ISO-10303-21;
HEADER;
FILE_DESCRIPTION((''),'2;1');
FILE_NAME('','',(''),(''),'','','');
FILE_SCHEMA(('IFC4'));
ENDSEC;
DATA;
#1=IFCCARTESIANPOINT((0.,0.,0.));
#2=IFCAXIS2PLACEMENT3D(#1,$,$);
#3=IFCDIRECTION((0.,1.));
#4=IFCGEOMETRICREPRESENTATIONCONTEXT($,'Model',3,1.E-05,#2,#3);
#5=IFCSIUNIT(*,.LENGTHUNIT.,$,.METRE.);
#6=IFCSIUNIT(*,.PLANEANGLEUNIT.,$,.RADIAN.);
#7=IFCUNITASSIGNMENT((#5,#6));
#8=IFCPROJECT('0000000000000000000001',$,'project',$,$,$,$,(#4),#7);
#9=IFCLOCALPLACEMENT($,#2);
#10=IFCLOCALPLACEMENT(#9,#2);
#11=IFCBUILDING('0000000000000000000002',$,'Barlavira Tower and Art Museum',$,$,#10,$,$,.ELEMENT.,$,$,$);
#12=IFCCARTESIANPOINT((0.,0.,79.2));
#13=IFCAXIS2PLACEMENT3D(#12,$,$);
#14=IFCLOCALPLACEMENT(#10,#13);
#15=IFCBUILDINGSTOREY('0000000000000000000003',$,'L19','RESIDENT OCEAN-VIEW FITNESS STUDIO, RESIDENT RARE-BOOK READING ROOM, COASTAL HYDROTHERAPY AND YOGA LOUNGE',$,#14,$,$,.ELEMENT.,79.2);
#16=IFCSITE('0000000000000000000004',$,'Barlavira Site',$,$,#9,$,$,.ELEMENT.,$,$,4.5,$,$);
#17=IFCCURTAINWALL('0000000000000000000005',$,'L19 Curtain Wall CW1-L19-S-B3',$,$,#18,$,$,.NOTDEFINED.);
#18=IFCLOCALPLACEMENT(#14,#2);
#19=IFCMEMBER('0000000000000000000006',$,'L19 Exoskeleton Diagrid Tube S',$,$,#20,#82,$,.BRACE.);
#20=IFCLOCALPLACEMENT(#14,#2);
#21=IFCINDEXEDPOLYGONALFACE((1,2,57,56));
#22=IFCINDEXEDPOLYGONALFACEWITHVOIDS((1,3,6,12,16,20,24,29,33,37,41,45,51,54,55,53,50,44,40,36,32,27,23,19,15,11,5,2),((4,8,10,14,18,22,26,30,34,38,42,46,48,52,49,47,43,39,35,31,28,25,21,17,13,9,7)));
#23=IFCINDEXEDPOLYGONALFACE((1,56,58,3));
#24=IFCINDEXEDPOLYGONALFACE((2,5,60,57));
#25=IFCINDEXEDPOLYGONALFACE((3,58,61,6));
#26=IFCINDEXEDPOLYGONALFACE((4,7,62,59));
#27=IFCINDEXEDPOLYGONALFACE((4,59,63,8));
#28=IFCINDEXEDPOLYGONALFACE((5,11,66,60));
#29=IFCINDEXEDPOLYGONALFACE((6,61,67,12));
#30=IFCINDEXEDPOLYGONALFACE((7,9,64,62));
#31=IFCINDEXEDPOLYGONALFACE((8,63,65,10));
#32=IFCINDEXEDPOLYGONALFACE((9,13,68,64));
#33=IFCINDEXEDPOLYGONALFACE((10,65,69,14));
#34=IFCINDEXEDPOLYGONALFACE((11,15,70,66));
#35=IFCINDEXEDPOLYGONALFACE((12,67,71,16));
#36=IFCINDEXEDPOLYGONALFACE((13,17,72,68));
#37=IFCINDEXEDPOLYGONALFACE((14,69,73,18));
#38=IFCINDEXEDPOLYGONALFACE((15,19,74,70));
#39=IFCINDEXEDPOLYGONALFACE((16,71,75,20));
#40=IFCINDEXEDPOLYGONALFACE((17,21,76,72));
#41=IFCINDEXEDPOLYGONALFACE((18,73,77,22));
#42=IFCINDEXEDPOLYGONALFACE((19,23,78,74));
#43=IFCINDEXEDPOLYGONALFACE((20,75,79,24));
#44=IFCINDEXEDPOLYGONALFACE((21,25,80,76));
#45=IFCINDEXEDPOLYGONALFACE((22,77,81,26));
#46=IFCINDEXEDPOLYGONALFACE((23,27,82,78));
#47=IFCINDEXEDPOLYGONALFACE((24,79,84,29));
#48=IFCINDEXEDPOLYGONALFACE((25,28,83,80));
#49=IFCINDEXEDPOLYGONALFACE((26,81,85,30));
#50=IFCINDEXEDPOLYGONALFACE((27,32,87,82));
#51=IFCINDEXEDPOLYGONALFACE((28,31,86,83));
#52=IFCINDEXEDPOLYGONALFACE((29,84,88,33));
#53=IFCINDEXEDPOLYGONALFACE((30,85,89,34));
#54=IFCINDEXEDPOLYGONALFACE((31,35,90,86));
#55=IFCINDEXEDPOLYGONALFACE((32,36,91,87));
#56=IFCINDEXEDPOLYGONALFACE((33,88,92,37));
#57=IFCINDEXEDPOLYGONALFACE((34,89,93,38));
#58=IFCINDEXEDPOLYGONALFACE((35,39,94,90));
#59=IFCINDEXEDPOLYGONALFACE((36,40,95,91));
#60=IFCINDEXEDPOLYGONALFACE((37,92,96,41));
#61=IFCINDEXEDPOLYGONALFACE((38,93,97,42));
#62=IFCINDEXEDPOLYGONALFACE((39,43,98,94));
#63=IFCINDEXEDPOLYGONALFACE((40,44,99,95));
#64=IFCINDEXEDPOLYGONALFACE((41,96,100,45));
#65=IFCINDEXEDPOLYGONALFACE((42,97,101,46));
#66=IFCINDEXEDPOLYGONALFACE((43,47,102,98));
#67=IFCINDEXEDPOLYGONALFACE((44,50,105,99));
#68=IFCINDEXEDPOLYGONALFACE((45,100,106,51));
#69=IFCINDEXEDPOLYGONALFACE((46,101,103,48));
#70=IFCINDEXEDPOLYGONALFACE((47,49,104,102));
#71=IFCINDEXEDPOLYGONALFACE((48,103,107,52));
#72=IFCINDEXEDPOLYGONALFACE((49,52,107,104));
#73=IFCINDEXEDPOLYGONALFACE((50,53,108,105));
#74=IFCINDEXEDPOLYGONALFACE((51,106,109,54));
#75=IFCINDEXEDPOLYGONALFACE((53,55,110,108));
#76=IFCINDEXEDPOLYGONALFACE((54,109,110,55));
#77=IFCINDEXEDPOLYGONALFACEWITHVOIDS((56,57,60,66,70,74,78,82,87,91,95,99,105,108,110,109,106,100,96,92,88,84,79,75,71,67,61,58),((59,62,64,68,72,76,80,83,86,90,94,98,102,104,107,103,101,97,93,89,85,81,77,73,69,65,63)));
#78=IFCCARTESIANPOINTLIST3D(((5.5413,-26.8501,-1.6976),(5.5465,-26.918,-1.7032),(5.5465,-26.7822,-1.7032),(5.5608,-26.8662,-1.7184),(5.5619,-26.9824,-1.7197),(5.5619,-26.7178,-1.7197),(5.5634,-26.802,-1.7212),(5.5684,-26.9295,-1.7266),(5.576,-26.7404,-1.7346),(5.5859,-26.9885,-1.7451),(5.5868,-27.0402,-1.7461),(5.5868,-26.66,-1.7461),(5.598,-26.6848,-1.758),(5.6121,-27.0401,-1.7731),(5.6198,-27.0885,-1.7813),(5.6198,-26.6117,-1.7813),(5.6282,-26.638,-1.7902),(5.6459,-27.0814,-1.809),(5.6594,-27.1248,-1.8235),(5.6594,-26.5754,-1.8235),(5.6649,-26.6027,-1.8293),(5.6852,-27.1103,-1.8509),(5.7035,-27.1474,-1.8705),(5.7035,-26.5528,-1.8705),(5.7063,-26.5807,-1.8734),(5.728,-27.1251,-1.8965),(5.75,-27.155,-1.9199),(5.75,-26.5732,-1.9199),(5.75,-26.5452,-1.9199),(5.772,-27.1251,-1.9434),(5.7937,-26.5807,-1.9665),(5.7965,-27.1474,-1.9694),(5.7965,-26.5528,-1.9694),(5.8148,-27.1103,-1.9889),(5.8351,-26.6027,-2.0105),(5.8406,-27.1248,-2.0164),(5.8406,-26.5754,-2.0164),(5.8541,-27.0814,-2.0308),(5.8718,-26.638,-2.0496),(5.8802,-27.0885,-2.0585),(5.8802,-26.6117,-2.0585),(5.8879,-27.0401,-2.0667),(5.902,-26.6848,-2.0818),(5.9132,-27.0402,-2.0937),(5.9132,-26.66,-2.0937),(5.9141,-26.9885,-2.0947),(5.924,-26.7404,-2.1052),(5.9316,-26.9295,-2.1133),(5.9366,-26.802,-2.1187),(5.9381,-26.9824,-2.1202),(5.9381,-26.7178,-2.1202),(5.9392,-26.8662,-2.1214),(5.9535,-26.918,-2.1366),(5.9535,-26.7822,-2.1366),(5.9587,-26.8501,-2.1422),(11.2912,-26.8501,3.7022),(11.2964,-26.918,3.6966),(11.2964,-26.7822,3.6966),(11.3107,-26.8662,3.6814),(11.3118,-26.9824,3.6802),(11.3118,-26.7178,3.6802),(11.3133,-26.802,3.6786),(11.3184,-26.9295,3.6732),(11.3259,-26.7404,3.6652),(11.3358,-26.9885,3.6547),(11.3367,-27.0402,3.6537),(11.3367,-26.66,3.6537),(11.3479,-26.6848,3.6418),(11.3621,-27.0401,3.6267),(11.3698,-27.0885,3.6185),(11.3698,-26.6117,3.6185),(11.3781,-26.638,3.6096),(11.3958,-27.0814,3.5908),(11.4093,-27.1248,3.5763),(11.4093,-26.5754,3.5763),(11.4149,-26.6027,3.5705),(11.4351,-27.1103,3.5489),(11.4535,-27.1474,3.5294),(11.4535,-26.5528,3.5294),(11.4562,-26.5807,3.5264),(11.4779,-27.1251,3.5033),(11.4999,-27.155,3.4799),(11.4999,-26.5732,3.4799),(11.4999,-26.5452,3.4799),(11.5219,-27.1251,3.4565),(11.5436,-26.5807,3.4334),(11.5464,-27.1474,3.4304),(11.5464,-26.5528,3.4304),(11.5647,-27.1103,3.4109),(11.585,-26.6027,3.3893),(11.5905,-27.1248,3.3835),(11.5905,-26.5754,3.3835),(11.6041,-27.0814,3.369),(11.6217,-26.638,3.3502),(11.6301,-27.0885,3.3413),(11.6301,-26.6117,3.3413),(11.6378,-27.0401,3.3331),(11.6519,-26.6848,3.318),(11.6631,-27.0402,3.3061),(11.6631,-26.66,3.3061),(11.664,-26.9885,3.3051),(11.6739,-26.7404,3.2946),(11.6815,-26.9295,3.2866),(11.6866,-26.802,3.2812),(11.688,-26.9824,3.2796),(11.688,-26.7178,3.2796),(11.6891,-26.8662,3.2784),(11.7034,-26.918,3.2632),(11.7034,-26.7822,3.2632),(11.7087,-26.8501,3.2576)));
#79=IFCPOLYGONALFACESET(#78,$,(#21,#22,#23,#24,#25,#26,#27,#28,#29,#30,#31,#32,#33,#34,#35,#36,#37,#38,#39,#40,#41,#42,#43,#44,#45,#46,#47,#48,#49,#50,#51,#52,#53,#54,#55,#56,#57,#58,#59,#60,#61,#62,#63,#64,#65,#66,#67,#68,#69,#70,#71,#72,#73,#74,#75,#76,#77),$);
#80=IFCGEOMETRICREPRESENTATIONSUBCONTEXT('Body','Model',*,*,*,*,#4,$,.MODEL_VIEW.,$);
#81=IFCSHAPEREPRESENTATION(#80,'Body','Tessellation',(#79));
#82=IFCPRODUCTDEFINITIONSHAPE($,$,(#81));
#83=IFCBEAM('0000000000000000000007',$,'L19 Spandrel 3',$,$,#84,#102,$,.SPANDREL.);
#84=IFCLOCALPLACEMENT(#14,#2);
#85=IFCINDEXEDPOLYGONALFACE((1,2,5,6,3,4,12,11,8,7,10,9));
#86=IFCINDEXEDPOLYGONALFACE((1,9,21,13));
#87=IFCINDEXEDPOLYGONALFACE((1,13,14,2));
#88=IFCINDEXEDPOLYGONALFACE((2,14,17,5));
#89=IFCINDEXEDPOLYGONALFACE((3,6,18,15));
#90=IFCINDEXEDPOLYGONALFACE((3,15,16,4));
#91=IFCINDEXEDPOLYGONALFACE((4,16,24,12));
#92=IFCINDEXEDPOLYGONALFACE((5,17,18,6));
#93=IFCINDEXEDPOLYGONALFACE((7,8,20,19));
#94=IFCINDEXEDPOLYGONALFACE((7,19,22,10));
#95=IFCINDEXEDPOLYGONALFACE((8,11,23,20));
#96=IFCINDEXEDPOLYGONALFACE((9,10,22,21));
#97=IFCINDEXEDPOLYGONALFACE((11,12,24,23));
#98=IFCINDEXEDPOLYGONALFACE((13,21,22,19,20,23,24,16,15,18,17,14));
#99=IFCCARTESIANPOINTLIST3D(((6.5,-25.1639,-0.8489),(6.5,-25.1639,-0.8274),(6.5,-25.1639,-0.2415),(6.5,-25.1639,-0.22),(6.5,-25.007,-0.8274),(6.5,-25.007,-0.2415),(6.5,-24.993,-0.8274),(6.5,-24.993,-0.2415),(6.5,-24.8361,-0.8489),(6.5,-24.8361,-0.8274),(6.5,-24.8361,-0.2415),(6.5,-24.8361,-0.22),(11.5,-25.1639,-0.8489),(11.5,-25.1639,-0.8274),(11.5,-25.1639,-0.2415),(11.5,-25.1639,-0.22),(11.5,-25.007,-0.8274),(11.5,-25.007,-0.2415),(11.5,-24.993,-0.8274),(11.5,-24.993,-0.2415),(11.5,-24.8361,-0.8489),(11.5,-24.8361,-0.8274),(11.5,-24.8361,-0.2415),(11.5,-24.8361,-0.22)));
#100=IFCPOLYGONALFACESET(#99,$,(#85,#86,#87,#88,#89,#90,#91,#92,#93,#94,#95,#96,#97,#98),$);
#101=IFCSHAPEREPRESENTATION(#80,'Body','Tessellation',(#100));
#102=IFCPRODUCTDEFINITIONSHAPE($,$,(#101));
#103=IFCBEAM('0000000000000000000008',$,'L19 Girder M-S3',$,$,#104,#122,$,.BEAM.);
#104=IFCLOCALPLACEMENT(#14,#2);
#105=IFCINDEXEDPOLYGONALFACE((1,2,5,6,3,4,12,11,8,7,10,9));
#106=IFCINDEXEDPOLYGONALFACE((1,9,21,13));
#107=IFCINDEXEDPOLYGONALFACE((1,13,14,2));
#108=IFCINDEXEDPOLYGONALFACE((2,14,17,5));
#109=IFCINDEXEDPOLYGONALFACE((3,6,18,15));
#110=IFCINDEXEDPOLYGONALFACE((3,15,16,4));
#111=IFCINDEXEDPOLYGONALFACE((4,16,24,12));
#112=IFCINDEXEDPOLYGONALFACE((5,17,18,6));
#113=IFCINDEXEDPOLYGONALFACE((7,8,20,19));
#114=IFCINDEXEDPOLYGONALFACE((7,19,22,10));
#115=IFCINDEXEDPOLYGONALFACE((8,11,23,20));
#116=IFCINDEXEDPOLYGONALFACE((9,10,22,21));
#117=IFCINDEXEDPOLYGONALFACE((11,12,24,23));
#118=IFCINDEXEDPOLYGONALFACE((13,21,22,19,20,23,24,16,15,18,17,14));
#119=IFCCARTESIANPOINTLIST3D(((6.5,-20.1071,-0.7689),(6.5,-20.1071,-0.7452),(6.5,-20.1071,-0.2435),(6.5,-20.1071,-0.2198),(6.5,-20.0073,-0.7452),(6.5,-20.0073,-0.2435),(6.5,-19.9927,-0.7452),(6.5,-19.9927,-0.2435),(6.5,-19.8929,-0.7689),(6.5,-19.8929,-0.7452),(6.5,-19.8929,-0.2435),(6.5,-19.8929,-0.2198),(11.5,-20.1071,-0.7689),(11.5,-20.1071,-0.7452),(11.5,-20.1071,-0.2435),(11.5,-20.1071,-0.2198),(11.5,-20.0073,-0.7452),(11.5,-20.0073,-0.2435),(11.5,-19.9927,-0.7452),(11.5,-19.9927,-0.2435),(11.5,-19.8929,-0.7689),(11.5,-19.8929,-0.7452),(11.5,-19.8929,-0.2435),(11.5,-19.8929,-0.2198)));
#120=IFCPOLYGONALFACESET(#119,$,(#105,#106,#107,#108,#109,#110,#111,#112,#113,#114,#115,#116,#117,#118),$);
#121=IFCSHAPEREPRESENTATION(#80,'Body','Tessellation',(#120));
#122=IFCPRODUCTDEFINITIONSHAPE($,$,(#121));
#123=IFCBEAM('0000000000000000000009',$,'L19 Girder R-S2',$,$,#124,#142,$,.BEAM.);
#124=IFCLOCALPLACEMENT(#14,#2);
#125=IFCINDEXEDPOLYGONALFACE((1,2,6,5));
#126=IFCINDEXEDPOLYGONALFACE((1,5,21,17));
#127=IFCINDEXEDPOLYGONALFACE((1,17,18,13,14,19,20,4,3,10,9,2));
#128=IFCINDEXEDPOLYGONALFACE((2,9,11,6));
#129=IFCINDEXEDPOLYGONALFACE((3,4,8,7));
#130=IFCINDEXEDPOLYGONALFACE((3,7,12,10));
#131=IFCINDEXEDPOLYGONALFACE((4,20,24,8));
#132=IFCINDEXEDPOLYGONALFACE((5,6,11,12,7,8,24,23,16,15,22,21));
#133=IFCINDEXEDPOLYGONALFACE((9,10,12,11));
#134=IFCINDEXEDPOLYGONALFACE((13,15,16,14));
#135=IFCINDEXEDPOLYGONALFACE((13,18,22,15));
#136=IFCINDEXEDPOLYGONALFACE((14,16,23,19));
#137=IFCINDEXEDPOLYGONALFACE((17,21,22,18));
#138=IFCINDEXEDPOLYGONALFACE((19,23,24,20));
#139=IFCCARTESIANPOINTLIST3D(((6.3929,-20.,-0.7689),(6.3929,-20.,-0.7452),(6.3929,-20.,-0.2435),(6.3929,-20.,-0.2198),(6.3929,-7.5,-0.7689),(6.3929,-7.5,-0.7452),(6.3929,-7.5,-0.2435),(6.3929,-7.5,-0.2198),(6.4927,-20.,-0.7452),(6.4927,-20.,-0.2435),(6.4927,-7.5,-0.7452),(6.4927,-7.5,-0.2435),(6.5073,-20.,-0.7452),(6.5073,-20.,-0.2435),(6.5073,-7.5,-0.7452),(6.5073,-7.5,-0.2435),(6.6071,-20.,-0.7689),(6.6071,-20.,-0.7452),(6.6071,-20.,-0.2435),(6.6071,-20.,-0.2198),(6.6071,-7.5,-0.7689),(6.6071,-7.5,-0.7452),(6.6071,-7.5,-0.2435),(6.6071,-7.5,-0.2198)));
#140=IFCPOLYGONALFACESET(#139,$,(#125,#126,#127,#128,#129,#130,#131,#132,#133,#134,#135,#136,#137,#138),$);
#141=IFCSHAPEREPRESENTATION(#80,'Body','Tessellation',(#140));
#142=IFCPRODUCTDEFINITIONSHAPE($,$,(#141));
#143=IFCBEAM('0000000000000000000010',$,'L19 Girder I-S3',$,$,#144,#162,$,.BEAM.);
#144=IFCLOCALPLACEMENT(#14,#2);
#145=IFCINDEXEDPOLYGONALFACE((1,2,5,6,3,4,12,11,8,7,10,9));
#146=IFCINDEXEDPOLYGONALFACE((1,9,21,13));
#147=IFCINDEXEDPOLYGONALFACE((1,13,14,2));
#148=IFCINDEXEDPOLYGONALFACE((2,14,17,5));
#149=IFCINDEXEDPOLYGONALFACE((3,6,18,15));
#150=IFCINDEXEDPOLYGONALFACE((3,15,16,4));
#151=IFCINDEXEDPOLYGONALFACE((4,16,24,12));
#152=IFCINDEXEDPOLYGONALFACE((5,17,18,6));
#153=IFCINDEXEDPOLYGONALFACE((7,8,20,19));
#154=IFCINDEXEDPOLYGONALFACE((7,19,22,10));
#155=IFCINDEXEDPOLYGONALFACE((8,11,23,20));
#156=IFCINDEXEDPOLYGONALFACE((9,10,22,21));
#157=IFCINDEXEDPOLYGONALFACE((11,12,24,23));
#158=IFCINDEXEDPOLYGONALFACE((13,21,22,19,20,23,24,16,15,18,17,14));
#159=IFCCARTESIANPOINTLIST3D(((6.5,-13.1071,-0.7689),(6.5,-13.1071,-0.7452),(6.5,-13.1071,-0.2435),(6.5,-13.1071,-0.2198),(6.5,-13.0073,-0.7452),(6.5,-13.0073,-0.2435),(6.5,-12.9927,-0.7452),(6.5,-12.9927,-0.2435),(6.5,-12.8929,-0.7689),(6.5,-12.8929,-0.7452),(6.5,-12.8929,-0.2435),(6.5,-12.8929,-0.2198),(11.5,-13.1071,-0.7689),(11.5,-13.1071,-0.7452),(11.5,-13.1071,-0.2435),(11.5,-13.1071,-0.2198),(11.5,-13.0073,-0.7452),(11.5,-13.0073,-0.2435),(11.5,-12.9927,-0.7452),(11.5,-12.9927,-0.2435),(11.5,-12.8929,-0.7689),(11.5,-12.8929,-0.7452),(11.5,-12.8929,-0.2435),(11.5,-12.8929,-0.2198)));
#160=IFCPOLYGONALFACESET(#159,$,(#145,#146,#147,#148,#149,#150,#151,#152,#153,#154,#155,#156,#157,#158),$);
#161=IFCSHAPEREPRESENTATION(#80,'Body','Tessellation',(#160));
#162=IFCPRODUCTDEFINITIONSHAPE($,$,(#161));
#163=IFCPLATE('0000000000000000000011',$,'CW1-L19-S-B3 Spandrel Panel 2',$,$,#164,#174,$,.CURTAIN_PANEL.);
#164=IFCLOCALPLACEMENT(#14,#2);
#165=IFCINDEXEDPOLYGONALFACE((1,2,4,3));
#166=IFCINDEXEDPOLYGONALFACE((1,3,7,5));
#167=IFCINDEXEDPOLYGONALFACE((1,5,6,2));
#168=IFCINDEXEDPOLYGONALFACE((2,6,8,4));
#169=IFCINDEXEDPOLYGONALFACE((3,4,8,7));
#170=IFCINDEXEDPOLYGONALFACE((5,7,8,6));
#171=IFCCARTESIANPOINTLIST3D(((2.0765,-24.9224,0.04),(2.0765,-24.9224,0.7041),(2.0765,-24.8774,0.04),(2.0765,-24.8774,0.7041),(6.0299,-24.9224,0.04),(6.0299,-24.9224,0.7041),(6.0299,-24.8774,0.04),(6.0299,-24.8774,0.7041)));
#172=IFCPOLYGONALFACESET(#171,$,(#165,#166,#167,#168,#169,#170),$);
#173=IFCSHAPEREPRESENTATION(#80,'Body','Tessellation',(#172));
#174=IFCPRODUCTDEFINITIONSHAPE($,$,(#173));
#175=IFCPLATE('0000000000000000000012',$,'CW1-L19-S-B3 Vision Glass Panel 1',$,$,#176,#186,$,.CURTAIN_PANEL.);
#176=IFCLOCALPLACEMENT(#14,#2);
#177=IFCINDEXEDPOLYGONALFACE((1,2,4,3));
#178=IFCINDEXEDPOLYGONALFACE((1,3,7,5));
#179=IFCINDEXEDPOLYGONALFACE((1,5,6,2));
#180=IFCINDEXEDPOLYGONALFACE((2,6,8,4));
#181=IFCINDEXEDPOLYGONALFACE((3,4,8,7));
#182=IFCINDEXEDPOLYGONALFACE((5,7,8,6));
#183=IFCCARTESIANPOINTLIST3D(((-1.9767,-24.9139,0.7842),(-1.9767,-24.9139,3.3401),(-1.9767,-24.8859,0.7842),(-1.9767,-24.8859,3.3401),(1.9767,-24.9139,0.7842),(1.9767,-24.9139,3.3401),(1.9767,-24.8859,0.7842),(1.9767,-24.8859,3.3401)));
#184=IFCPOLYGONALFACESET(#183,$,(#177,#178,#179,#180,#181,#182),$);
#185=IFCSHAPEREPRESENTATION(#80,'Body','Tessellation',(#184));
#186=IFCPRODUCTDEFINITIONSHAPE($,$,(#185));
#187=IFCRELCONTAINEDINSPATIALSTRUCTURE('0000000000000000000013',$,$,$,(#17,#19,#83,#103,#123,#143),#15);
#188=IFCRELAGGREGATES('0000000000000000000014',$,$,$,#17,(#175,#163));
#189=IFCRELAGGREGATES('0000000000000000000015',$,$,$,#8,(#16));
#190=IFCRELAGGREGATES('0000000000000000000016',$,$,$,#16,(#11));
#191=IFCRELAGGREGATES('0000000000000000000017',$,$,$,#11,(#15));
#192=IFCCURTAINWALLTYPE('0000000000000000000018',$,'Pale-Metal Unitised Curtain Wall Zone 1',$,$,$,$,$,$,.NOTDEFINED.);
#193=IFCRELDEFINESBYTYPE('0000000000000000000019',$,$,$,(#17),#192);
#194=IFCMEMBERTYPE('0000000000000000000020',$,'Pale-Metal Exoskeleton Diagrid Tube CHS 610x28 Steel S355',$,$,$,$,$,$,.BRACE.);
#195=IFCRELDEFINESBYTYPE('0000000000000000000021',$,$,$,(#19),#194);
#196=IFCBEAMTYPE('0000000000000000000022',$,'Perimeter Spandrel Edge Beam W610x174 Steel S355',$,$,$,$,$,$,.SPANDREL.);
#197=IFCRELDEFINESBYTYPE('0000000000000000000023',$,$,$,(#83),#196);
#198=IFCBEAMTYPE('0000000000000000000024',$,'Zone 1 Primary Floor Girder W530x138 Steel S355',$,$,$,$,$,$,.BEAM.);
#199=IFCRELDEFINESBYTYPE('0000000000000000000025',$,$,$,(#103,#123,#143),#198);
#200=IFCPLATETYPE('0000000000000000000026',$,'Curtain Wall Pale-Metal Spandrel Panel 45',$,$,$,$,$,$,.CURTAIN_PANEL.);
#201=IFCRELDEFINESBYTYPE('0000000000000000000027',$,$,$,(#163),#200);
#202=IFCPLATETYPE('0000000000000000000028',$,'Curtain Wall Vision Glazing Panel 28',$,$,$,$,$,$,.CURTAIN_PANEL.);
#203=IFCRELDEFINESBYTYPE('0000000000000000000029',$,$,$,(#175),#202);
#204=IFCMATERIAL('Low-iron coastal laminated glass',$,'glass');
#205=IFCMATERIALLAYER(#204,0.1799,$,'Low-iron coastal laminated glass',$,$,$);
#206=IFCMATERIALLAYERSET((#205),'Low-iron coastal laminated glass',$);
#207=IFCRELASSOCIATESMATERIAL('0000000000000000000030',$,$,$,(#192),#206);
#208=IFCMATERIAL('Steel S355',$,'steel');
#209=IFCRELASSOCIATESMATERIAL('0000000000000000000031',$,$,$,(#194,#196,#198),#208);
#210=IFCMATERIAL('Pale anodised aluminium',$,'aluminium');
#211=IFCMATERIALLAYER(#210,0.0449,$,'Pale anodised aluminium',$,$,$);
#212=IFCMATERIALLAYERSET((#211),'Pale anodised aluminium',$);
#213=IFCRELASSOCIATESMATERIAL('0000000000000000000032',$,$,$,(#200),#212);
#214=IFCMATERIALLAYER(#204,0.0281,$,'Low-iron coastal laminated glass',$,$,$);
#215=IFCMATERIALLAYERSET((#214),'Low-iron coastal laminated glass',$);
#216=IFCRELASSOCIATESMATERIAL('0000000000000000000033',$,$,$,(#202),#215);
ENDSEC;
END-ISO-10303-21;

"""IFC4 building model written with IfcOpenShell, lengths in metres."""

from ifc_helpers import new_model, si_unit, direction, frame, origin, origin_2d, place, context, subcontext, project, spatial, rectangle, hollow_circle, i_section, extrude, material, layer, layer_set, material_profile, profile_set, type_object, element, aggregate, save


model = new_model("IFC4")

# Units and contexts
model_context = context("Model", 3, precision=1e-05, world=origin(), true_north=direction((0.0, 1.0)))
body_context = subcontext(model_context, "Body", "Model", "MODEL_VIEW")
ifc_project = project(units=[si_unit("LENGTHUNIT", "METRE"), si_unit("PLANEANGLEUNIT", "RADIAN")], contexts=[model_context])

# Site, building, storey
site_placement = place(None, origin())
site = spatial("IfcSite", under=ifc_project, at=site_placement, Name="Barlavira Site", CompositionType="ELEMENT", RefElevation=4.5)
building_placement = place(site_placement, origin())
building = spatial("IfcBuilding", under=site, at=building_placement, Name="Barlavira Tower and Art Museum", CompositionType="ELEMENT")
storey_placement = place(building_placement, frame((0.0, 0.0, 79.2)))
storey = spatial("IfcBuildingStorey", under=building, at=storey_placement, Name="L19", Description="RESIDENT OCEAN-VIEW FITNESS STUDIO, RESIDENT RARE-BOOK READING ROOM, COASTAL HYDROTHERAPY AND YOGA LOUNGE", CompositionType="ELEMENT", Elevation=79.2)

# Curtain wall
ifc_material_1 = material(Name="Low-iron coastal laminated glass", Category="glass")
ifc_layer_1 = layer(ifc_material_1, 0.1799, Name="Low-iron coastal laminated glass")
ifc_layer_set_1 = layer_set([ifc_layer_1], Name="Low-iron coastal laminated glass")
curtain_wall_type = type_object("IfcCurtainWallType", Name="Pale-Metal Unitised Curtain Wall Zone 1", PredefinedType="NOTDEFINED", material=ifc_layer_set_1)
curtain_wall_placement = place(storey_placement, origin())
curtain_wall = element("IfcCurtainWall", 1, at=curtain_wall_placement, inside=storey, type_object=curtain_wall_type, Name="L19 Curtain Wall CW1-L19-S-B3", PredefinedType="NOTDEFINED")
ifc_material_2 = material(Name="Pale anodised aluminium", Category="aluminium")

# Member
ifc_material_3 = material(Name="Steel S355", Category="steel")
ifc_material_profile_1 = material_profile(ifc_material_3, hollow_circle(Radius=0.3049, WallThickness=0.0281, at=origin_2d()), Name="CHS 610.0x28.0")
ifc_profile_set_1 = profile_set([ifc_material_profile_1], Name="Steel S355")
member_type_1 = type_object("IfcMemberType", Name="Pale-Metal Exoskeleton Diagrid Tube CHS 610x28 Steel S355", PredefinedType="BRACE", material=ifc_profile_set_1)
for number, where, z_axis, x_axis, name in (
    (2, (5.75, -26.8501, -1.9199), (0.72895, 0.0, 0.684567), (0.0, 1.0, 0.0), "L19 Exoskeleton Diagrid Tube S"),
):
    element("IfcMember", number, at=place(storey_placement, frame(where, z_axis=z_axis, x_axis=x_axis)), inside=storey, type_object=member_type_1, Name=name, PredefinedType="BRACE", context=body_context, shape_type="SweptSolid", body=[
        extrude(hollow_circle(Radius=0.3049, WallThickness=0.0281, at=origin_2d()), origin(), (0.0, 0.0, 1.0), 7.8879),
    ])

# Beams
ifc_material_profile_2 = material_profile(ifc_material_3, i_section(OverallWidth=0.3279, OverallDepth=0.6289, WebThickness=0.0139, FlangeThickness=0.0215, at=origin_2d()), Name="W610x174.0")
ifc_profile_set_2 = profile_set([ifc_material_profile_2], Name="Steel S355")
beam_type_1 = type_object("IfcBeamType", Name="Perimeter Spandrel Edge Beam W610x174 Steel S355", PredefinedType="SPANDREL", material=ifc_profile_set_2)
beam_1_placement = place(storey_placement, frame((6.5, -25.0, -0.5344), z_axis=(1.0, 0.0, 0.0), x_axis=(0.0, 1.0, 0.0)))
element("IfcBeam", 3, at=beam_1_placement, inside=storey, type_object=beam_type_1, Name="L19 Spandrel 3", PredefinedType="SPANDREL", context=body_context, shape_type="SweptSolid", body=[
    extrude(i_section(OverallWidth=0.3279, OverallDepth=0.6289, WebThickness=0.0139, FlangeThickness=0.0215, at=origin_2d()), origin(), (0.0, 0.0, 1.0), 5.0),
])
ifc_material_profile_3 = material_profile(ifc_material_3, i_section(OverallWidth=0.2141, OverallDepth=0.5491, WebThickness=0.0146, FlangeThickness=0.0237, at=origin_2d()), Name="W530x138.0")
ifc_profile_set_3 = profile_set([ifc_material_profile_3], Name="Steel S355")
beam_type_2 = type_object("IfcBeamType", Name="Zone 1 Primary Floor Girder W530x138 Steel S355", PredefinedType="BEAM", material=ifc_profile_set_3)
beam_2_placement = place(storey_placement, frame((6.5, -20.0, -0.4944), z_axis=(1.0, 0.0, 0.0), x_axis=(0.0, 1.0, 0.0)))
element("IfcBeam", 4, at=beam_2_placement, inside=storey, type_object=beam_type_2, Name="L19 Girder M-S3", PredefinedType="BEAM", context=body_context, shape_type="SweptSolid", body=[
    extrude(i_section(OverallWidth=0.2141, OverallDepth=0.5491, WebThickness=0.0146, FlangeThickness=0.0237, at=origin_2d()), origin(), (0.0, 0.0, 1.0), 5.0),
])
beam_3_placement = place(storey_placement, frame((6.5, -20.0, -0.4944), z_axis=(0.0, 1.0, 0.0), x_axis=(-1.0, 0.0, 0.0)))
element("IfcBeam", 5, at=beam_3_placement, inside=storey, type_object=beam_type_2, Name="L19 Girder R-S2", PredefinedType="BEAM", context=body_context, shape_type="SweptSolid", body=[
    extrude(i_section(OverallWidth=0.2141, OverallDepth=0.5491, WebThickness=0.0146, FlangeThickness=0.0237, at=origin_2d()), origin(), (0.0, 0.0, 1.0), 12.5),
])
beam_4_placement = place(storey_placement, frame((6.5, -13.0, -0.4944), z_axis=(1.0, 0.0, 0.0), x_axis=(0.0, 1.0, 0.0)))
element("IfcBeam", 6, at=beam_4_placement, inside=storey, type_object=beam_type_2, Name="L19 Girder I-S3", PredefinedType="BEAM", context=body_context, shape_type="SweptSolid", body=[
    extrude(i_section(OverallWidth=0.2141, OverallDepth=0.5491, WebThickness=0.0146, FlangeThickness=0.0237, at=origin_2d()), origin(), (0.0, 0.0, 1.0), 5.0),
])

# Plates
ifc_layer_2 = layer(ifc_material_2, 0.0449, Name="Pale anodised aluminium")
ifc_layer_set_2 = layer_set([ifc_layer_2], Name="Pale anodised aluminium")
plate_type_1 = type_object("IfcPlateType", Name="Curtain Wall Pale-Metal Spandrel Panel 45", PredefinedType="CURTAIN_PANEL", material=ifc_layer_set_2)
plate_1_placement = place(storey_placement, frame((4.0532, -24.8999, 0.04), z_axis=(0.0, 0.0, 1.0), x_axis=(1.0, 0.0, 0.0)))
plate_1 = element("IfcPlate", 7, at=plate_1_placement, type_object=plate_type_1, Name="CW1-L19-S-B3 Spandrel Panel 2", PredefinedType="CURTAIN_PANEL", context=body_context, shape_type="SweptSolid", body=[
    extrude(rectangle(XDim=3.9534, YDim=0.0449, at=origin_2d()), origin(), (0.0, 0.0, 1.0), 0.6641),
])
ifc_layer_3 = layer(ifc_material_1, 0.0281, Name="Low-iron coastal laminated glass")
ifc_layer_set_3 = layer_set([ifc_layer_3], Name="Low-iron coastal laminated glass")
plate_type_2 = type_object("IfcPlateType", Name="Curtain Wall Vision Glazing Panel 28", PredefinedType="CURTAIN_PANEL", material=ifc_layer_set_3)
plate_2_placement = place(storey_placement, frame((0.0, -24.8999, 0.7842), z_axis=(0.0, 0.0, 1.0), x_axis=(1.0, 0.0, 0.0)))
plate_2 = element("IfcPlate", 8, at=plate_2_placement, type_object=plate_type_2, Name="CW1-L19-S-B3 Vision Glass Panel 1", PredefinedType="CURTAIN_PANEL", context=body_context, shape_type="SweptSolid", body=[
    extrude(rectangle(XDim=3.9534, YDim=0.0281, at=origin_2d()), origin(), (0.0, 0.0, 1.0), 2.5559),
])
aggregate(curtain_wall, [plate_2, plate_1])

save(model, "model.ifc")
